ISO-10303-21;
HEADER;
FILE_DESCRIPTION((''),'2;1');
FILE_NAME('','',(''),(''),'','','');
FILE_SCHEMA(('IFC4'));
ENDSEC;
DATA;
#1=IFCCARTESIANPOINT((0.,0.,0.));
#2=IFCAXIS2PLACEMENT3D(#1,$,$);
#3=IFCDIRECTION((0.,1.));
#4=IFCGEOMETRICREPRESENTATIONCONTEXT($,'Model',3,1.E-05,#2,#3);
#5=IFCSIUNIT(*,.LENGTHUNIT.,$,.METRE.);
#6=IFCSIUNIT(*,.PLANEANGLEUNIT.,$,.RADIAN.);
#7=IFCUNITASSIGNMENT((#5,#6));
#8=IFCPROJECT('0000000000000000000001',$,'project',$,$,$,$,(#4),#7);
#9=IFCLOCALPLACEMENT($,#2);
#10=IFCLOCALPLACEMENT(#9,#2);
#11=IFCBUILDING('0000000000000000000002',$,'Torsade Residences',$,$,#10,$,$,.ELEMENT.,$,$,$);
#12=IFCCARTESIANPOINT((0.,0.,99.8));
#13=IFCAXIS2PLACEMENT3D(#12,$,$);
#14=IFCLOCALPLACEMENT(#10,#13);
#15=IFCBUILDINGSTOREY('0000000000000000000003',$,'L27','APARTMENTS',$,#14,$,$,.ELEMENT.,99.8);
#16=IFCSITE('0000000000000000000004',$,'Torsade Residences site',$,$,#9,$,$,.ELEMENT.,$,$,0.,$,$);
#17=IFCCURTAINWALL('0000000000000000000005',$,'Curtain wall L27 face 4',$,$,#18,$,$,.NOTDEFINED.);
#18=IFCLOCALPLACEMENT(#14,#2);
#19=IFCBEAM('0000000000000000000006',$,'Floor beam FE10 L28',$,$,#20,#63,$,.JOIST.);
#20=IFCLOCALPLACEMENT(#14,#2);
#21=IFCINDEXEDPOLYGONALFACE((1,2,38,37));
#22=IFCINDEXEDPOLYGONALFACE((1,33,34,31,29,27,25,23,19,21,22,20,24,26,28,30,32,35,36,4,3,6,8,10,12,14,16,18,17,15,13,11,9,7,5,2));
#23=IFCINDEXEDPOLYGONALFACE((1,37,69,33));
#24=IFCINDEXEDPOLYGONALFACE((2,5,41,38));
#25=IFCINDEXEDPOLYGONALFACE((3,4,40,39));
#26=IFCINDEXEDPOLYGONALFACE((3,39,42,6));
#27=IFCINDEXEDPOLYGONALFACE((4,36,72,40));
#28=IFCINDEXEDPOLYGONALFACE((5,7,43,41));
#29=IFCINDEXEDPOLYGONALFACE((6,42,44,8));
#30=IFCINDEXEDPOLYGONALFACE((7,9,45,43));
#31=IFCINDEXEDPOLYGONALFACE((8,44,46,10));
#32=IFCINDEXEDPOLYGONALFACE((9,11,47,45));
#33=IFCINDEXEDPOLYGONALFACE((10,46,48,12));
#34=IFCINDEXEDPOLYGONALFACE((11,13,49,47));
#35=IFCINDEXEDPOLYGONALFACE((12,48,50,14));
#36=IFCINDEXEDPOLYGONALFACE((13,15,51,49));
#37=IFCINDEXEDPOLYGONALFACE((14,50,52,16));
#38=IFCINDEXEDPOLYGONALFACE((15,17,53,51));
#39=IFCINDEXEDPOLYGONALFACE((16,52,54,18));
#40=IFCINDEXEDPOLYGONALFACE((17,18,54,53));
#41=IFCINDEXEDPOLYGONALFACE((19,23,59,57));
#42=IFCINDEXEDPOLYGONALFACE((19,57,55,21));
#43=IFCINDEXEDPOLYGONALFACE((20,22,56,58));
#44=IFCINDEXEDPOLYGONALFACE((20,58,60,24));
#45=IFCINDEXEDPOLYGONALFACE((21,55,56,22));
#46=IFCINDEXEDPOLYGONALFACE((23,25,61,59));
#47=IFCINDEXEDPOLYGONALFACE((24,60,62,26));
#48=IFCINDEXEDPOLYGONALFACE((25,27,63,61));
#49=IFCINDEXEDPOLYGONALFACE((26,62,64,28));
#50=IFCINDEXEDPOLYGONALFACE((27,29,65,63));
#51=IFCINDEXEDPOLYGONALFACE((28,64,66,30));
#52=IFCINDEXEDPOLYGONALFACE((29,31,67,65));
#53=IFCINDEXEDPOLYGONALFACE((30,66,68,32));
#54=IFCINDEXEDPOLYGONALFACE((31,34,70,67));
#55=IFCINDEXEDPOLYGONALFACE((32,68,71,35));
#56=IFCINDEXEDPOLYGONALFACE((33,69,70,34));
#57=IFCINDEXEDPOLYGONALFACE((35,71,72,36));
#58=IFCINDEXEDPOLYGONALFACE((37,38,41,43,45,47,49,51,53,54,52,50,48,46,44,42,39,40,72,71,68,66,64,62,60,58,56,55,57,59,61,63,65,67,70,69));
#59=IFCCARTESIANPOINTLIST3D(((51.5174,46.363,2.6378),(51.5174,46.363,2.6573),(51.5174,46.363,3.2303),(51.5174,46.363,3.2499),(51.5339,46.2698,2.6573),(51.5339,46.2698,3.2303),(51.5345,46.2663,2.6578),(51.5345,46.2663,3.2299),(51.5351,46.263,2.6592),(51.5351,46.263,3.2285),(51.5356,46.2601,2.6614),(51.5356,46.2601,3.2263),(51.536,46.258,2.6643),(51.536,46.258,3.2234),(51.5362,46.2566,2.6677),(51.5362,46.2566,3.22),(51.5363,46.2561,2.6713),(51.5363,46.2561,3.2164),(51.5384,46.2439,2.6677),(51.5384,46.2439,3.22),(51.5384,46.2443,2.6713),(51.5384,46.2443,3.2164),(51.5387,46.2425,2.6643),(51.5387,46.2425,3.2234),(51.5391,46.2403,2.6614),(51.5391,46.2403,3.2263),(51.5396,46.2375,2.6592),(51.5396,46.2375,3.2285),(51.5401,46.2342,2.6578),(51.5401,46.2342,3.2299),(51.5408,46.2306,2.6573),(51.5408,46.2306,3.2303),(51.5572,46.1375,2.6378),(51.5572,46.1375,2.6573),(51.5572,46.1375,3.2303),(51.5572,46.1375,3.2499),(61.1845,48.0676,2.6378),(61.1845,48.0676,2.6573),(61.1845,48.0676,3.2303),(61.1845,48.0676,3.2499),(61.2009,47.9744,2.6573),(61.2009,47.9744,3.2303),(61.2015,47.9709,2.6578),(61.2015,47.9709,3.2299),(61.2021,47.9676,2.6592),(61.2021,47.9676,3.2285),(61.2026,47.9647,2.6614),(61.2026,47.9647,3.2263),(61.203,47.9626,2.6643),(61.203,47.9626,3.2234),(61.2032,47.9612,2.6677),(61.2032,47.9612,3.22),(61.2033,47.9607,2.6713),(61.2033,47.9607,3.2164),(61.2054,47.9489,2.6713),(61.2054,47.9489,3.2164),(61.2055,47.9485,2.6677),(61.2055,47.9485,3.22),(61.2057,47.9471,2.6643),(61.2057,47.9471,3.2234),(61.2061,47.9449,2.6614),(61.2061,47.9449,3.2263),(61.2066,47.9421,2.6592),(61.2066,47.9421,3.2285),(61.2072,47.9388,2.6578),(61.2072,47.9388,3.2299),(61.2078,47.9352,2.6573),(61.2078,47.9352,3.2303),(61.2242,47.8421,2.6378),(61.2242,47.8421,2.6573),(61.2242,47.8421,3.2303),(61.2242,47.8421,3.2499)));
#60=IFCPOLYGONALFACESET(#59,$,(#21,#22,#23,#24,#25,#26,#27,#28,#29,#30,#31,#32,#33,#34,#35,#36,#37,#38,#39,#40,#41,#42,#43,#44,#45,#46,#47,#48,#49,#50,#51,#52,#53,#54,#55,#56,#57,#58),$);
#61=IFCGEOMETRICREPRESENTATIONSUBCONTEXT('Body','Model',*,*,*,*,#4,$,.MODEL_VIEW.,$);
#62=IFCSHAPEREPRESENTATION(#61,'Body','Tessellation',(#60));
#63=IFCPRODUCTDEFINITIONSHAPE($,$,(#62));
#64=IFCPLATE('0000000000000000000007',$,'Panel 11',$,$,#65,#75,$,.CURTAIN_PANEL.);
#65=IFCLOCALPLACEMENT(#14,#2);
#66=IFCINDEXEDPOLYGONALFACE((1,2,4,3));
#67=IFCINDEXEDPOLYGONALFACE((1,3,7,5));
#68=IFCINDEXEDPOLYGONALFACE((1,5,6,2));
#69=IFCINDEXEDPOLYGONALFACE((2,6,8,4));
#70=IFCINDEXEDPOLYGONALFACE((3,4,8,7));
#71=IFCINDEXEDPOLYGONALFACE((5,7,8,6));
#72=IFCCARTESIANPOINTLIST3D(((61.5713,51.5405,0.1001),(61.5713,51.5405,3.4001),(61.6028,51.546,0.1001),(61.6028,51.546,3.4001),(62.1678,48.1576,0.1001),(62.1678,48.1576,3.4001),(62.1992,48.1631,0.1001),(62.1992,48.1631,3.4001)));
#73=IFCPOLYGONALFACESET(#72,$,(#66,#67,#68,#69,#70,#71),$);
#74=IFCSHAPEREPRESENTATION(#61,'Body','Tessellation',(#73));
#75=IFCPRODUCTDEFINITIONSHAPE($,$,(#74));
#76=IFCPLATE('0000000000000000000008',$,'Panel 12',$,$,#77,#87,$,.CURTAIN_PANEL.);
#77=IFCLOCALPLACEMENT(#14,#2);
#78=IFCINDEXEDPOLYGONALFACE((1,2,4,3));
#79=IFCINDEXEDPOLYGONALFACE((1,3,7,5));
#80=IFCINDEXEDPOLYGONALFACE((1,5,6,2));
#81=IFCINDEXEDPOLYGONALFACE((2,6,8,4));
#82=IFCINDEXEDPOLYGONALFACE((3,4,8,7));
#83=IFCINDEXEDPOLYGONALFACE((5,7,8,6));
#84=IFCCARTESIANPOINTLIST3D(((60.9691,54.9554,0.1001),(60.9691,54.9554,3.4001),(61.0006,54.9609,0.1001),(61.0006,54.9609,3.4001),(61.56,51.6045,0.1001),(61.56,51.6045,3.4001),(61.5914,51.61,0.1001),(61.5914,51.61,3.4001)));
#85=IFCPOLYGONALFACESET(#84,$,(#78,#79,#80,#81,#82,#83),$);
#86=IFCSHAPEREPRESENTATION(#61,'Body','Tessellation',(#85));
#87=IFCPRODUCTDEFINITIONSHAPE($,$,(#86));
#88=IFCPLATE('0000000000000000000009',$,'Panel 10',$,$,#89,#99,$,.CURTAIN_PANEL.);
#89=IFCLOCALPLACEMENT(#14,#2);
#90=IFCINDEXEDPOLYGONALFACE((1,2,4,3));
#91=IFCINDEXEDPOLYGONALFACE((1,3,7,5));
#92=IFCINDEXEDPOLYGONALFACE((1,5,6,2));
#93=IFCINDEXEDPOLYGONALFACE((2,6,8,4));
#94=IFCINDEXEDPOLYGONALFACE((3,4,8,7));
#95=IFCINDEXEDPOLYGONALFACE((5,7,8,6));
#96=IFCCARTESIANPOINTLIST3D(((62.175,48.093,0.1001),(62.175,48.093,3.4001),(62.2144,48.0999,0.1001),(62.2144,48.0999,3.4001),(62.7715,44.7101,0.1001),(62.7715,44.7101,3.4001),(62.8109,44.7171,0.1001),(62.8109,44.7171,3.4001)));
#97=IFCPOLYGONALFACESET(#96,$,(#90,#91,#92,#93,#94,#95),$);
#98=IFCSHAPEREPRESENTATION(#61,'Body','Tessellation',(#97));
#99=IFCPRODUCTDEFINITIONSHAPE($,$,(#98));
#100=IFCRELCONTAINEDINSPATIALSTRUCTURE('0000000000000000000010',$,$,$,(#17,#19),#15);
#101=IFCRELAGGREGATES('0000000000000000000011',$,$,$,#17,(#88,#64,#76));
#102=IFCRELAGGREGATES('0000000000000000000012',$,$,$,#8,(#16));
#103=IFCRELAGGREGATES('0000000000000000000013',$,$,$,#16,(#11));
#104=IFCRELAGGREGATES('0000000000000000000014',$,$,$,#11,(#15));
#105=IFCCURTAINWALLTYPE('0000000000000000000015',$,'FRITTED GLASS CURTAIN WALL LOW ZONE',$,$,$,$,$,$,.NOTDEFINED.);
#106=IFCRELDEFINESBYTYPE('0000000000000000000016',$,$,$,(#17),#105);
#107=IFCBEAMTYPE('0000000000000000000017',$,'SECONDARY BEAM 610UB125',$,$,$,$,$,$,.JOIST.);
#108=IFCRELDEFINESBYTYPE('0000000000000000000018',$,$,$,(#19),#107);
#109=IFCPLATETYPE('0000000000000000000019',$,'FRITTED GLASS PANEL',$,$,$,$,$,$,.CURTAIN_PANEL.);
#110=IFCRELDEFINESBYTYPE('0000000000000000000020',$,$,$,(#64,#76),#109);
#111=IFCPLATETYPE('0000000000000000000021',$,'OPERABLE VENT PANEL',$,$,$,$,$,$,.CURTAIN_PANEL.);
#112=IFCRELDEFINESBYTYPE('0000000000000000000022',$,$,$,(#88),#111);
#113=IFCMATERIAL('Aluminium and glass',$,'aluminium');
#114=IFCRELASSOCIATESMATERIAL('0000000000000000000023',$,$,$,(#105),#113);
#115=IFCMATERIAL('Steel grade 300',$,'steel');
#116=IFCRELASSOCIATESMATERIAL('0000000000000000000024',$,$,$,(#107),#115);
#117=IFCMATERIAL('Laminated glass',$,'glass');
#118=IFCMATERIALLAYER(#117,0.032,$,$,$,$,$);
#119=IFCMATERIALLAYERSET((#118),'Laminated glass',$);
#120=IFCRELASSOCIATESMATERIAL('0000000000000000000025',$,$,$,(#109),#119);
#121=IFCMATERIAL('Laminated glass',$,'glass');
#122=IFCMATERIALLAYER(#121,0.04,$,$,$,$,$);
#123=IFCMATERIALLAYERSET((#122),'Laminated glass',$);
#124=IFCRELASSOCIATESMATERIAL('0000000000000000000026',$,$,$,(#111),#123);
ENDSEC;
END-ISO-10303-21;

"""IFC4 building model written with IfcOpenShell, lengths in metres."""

from ifc_helpers import new_model, si_unit, direction, frame, origin, origin_2d, place, context, subcontext, project, spatial, rectangle, i_section, extrude, material, layer, layer_set, material_profile, profile_set, type_object, element, aggregate, save


model = new_model("IFC4")

# Units and contexts
model_context = context("Model", 3, precision=1e-05, world=origin(), true_north=direction((0.0, 1.0)))
body_context = subcontext(model_context, "Body", "Model", "MODEL_VIEW")
ifc_project = project(units=[si_unit("LENGTHUNIT", "METRE"), si_unit("PLANEANGLEUNIT", "RADIAN")], contexts=[model_context])

# Site, building, storey
site_placement = place(None, origin())
site = spatial("IfcSite", under=ifc_project, at=site_placement, Name="Torsade Residences site", CompositionType="ELEMENT", RefElevation=0.0)
building_placement = place(site_placement, origin())
building = spatial("IfcBuilding", under=site, at=building_placement, Name="Torsade Residences", CompositionType="ELEMENT")
storey_placement = place(building_placement, frame((0.0, 0.0, 99.8)))
storey = spatial("IfcBuildingStorey", under=building, at=storey_placement, Name="L27", Description="APARTMENTS", CompositionType="ELEMENT", Elevation=99.8)

# Curtain wall
ifc_material_1 = material(Name="Aluminium and glass", Category="aluminium")
curtain_wall_type = type_object("IfcCurtainWallType", Name="FRITTED GLASS CURTAIN WALL LOW ZONE", PredefinedType="NOTDEFINED", material=ifc_material_1)
curtain_wall_placement = place(storey_placement, origin())
curtain_wall = element("IfcCurtainWall", 1, at=curtain_wall_placement, inside=storey, type_object=curtain_wall_type, Name="Curtain wall L27 face 4", PredefinedType="NOTDEFINED")

# Beam
ifc_material_2 = material(Name="Steel grade 300", Category="steel")
ifc_material_profile_1 = material_profile(ifc_material_2, i_section(OverallWidth=0.229, OverallDepth=0.6121, WebThickness=0.012, FlangeThickness=0.0195, FilletRadius=0.0139, at=origin_2d()), Name="610UB125")
ifc_profile_set_1 = profile_set([ifc_material_profile_1], Name="Steel grade 300")
beam_type_1 = type_object("IfcBeamType", Name="SECONDARY BEAM 610UB125", PredefinedType="JOIST", material=ifc_profile_set_1)
beam_1_placement = place(storey_placement, frame((61.2043, 47.9548, 2.9438), z_axis=(-0.984807, -0.173652, 0.0), x_axis=(0.173652, -0.984807, 0.0)))
element("IfcBeam", 2, at=beam_1_placement, inside=storey, type_object=beam_type_1, Name="Floor beam FE10 L28", PredefinedType="JOIST", context=body_context, shape_type="SweptSolid", body=[
    extrude(i_section(OverallWidth=0.229, OverallDepth=0.6121, WebThickness=0.012, FlangeThickness=0.0195, FilletRadius=0.0139, at=origin_2d()), origin(), (0.0, 0.0, 1.0), 9.8162),
])

# Plates
ifc_material_3 = material(Name="Laminated glass", Category="glass")
ifc_layer_1 = layer(ifc_material_3, 0.032)
ifc_layer_set_1 = layer_set([ifc_layer_1], Name="Laminated glass")
plate_type_1 = type_object("IfcPlateType", Name="FRITTED GLASS PANEL", PredefinedType="CURTAIN_PANEL", material=ifc_layer_set_1)
plate_1_placement = place(storey_placement, frame((61.8853, 49.8518, 0.1001), z_axis=(0.0, 0.0, 1.0), x_axis=(-0.173648, 0.984808, 0.0)))
plate_1 = element("IfcPlate", 3, at=plate_1_placement, type_object=plate_type_1, Name="Panel 11", PredefinedType="CURTAIN_PANEL", context=body_context, shape_type="SweptSolid", body=[
    extrude(rectangle(XDim=3.4351, YDim=0.032, at=origin_2d()), origin(), (0.0, 0.0, 1.0), 3.3),
])
plate_2_placement = place(storey_placement, frame((61.2803, 53.2827, 0.1001), z_axis=(0.0, 0.0, 1.0), x_axis=(-0.173648, 0.984808, 0.0)))
plate_2 = element("IfcPlate", 4, at=plate_2_placement, type_object=plate_type_1, Name="Panel 12", PredefinedType="CURTAIN_PANEL", context=body_context, shape_type="SweptSolid", body=[
    extrude(rectangle(XDim=3.4026, YDim=0.032, at=origin_2d()), origin(), (0.0, 0.0, 1.0), 3.3),
])
ifc_material_4 = material(Name="Laminated glass", Category="glass")
ifc_layer_2 = layer(ifc_material_4, 0.04)
ifc_layer_set_2 = layer_set([ifc_layer_2], Name="Laminated glass")
plate_type_2 = type_object("IfcPlateType", Name="OPERABLE VENT PANEL", PredefinedType="CURTAIN_PANEL", material=ifc_layer_set_2)
plate_3_placement = place(storey_placement, frame((62.4929, 46.405, 0.1001), z_axis=(0.0, 0.0, 1.0), x_axis=(-0.173648, 0.984808, 0.0)))
plate_3 = element("IfcPlate", 5, at=plate_3_placement, type_object=plate_type_2, Name="Panel 10", PredefinedType="CURTAIN_PANEL", context=body_context, shape_type="SweptSolid", body=[
    extrude(rectangle(XDim=3.4351, YDim=0.04, at=origin_2d()), origin(), (0.0, 0.0, 1.0), 3.3),
])
aggregate(curtain_wall, [plate_3, plate_1, plate_2])

save(model, "model.ifc")
